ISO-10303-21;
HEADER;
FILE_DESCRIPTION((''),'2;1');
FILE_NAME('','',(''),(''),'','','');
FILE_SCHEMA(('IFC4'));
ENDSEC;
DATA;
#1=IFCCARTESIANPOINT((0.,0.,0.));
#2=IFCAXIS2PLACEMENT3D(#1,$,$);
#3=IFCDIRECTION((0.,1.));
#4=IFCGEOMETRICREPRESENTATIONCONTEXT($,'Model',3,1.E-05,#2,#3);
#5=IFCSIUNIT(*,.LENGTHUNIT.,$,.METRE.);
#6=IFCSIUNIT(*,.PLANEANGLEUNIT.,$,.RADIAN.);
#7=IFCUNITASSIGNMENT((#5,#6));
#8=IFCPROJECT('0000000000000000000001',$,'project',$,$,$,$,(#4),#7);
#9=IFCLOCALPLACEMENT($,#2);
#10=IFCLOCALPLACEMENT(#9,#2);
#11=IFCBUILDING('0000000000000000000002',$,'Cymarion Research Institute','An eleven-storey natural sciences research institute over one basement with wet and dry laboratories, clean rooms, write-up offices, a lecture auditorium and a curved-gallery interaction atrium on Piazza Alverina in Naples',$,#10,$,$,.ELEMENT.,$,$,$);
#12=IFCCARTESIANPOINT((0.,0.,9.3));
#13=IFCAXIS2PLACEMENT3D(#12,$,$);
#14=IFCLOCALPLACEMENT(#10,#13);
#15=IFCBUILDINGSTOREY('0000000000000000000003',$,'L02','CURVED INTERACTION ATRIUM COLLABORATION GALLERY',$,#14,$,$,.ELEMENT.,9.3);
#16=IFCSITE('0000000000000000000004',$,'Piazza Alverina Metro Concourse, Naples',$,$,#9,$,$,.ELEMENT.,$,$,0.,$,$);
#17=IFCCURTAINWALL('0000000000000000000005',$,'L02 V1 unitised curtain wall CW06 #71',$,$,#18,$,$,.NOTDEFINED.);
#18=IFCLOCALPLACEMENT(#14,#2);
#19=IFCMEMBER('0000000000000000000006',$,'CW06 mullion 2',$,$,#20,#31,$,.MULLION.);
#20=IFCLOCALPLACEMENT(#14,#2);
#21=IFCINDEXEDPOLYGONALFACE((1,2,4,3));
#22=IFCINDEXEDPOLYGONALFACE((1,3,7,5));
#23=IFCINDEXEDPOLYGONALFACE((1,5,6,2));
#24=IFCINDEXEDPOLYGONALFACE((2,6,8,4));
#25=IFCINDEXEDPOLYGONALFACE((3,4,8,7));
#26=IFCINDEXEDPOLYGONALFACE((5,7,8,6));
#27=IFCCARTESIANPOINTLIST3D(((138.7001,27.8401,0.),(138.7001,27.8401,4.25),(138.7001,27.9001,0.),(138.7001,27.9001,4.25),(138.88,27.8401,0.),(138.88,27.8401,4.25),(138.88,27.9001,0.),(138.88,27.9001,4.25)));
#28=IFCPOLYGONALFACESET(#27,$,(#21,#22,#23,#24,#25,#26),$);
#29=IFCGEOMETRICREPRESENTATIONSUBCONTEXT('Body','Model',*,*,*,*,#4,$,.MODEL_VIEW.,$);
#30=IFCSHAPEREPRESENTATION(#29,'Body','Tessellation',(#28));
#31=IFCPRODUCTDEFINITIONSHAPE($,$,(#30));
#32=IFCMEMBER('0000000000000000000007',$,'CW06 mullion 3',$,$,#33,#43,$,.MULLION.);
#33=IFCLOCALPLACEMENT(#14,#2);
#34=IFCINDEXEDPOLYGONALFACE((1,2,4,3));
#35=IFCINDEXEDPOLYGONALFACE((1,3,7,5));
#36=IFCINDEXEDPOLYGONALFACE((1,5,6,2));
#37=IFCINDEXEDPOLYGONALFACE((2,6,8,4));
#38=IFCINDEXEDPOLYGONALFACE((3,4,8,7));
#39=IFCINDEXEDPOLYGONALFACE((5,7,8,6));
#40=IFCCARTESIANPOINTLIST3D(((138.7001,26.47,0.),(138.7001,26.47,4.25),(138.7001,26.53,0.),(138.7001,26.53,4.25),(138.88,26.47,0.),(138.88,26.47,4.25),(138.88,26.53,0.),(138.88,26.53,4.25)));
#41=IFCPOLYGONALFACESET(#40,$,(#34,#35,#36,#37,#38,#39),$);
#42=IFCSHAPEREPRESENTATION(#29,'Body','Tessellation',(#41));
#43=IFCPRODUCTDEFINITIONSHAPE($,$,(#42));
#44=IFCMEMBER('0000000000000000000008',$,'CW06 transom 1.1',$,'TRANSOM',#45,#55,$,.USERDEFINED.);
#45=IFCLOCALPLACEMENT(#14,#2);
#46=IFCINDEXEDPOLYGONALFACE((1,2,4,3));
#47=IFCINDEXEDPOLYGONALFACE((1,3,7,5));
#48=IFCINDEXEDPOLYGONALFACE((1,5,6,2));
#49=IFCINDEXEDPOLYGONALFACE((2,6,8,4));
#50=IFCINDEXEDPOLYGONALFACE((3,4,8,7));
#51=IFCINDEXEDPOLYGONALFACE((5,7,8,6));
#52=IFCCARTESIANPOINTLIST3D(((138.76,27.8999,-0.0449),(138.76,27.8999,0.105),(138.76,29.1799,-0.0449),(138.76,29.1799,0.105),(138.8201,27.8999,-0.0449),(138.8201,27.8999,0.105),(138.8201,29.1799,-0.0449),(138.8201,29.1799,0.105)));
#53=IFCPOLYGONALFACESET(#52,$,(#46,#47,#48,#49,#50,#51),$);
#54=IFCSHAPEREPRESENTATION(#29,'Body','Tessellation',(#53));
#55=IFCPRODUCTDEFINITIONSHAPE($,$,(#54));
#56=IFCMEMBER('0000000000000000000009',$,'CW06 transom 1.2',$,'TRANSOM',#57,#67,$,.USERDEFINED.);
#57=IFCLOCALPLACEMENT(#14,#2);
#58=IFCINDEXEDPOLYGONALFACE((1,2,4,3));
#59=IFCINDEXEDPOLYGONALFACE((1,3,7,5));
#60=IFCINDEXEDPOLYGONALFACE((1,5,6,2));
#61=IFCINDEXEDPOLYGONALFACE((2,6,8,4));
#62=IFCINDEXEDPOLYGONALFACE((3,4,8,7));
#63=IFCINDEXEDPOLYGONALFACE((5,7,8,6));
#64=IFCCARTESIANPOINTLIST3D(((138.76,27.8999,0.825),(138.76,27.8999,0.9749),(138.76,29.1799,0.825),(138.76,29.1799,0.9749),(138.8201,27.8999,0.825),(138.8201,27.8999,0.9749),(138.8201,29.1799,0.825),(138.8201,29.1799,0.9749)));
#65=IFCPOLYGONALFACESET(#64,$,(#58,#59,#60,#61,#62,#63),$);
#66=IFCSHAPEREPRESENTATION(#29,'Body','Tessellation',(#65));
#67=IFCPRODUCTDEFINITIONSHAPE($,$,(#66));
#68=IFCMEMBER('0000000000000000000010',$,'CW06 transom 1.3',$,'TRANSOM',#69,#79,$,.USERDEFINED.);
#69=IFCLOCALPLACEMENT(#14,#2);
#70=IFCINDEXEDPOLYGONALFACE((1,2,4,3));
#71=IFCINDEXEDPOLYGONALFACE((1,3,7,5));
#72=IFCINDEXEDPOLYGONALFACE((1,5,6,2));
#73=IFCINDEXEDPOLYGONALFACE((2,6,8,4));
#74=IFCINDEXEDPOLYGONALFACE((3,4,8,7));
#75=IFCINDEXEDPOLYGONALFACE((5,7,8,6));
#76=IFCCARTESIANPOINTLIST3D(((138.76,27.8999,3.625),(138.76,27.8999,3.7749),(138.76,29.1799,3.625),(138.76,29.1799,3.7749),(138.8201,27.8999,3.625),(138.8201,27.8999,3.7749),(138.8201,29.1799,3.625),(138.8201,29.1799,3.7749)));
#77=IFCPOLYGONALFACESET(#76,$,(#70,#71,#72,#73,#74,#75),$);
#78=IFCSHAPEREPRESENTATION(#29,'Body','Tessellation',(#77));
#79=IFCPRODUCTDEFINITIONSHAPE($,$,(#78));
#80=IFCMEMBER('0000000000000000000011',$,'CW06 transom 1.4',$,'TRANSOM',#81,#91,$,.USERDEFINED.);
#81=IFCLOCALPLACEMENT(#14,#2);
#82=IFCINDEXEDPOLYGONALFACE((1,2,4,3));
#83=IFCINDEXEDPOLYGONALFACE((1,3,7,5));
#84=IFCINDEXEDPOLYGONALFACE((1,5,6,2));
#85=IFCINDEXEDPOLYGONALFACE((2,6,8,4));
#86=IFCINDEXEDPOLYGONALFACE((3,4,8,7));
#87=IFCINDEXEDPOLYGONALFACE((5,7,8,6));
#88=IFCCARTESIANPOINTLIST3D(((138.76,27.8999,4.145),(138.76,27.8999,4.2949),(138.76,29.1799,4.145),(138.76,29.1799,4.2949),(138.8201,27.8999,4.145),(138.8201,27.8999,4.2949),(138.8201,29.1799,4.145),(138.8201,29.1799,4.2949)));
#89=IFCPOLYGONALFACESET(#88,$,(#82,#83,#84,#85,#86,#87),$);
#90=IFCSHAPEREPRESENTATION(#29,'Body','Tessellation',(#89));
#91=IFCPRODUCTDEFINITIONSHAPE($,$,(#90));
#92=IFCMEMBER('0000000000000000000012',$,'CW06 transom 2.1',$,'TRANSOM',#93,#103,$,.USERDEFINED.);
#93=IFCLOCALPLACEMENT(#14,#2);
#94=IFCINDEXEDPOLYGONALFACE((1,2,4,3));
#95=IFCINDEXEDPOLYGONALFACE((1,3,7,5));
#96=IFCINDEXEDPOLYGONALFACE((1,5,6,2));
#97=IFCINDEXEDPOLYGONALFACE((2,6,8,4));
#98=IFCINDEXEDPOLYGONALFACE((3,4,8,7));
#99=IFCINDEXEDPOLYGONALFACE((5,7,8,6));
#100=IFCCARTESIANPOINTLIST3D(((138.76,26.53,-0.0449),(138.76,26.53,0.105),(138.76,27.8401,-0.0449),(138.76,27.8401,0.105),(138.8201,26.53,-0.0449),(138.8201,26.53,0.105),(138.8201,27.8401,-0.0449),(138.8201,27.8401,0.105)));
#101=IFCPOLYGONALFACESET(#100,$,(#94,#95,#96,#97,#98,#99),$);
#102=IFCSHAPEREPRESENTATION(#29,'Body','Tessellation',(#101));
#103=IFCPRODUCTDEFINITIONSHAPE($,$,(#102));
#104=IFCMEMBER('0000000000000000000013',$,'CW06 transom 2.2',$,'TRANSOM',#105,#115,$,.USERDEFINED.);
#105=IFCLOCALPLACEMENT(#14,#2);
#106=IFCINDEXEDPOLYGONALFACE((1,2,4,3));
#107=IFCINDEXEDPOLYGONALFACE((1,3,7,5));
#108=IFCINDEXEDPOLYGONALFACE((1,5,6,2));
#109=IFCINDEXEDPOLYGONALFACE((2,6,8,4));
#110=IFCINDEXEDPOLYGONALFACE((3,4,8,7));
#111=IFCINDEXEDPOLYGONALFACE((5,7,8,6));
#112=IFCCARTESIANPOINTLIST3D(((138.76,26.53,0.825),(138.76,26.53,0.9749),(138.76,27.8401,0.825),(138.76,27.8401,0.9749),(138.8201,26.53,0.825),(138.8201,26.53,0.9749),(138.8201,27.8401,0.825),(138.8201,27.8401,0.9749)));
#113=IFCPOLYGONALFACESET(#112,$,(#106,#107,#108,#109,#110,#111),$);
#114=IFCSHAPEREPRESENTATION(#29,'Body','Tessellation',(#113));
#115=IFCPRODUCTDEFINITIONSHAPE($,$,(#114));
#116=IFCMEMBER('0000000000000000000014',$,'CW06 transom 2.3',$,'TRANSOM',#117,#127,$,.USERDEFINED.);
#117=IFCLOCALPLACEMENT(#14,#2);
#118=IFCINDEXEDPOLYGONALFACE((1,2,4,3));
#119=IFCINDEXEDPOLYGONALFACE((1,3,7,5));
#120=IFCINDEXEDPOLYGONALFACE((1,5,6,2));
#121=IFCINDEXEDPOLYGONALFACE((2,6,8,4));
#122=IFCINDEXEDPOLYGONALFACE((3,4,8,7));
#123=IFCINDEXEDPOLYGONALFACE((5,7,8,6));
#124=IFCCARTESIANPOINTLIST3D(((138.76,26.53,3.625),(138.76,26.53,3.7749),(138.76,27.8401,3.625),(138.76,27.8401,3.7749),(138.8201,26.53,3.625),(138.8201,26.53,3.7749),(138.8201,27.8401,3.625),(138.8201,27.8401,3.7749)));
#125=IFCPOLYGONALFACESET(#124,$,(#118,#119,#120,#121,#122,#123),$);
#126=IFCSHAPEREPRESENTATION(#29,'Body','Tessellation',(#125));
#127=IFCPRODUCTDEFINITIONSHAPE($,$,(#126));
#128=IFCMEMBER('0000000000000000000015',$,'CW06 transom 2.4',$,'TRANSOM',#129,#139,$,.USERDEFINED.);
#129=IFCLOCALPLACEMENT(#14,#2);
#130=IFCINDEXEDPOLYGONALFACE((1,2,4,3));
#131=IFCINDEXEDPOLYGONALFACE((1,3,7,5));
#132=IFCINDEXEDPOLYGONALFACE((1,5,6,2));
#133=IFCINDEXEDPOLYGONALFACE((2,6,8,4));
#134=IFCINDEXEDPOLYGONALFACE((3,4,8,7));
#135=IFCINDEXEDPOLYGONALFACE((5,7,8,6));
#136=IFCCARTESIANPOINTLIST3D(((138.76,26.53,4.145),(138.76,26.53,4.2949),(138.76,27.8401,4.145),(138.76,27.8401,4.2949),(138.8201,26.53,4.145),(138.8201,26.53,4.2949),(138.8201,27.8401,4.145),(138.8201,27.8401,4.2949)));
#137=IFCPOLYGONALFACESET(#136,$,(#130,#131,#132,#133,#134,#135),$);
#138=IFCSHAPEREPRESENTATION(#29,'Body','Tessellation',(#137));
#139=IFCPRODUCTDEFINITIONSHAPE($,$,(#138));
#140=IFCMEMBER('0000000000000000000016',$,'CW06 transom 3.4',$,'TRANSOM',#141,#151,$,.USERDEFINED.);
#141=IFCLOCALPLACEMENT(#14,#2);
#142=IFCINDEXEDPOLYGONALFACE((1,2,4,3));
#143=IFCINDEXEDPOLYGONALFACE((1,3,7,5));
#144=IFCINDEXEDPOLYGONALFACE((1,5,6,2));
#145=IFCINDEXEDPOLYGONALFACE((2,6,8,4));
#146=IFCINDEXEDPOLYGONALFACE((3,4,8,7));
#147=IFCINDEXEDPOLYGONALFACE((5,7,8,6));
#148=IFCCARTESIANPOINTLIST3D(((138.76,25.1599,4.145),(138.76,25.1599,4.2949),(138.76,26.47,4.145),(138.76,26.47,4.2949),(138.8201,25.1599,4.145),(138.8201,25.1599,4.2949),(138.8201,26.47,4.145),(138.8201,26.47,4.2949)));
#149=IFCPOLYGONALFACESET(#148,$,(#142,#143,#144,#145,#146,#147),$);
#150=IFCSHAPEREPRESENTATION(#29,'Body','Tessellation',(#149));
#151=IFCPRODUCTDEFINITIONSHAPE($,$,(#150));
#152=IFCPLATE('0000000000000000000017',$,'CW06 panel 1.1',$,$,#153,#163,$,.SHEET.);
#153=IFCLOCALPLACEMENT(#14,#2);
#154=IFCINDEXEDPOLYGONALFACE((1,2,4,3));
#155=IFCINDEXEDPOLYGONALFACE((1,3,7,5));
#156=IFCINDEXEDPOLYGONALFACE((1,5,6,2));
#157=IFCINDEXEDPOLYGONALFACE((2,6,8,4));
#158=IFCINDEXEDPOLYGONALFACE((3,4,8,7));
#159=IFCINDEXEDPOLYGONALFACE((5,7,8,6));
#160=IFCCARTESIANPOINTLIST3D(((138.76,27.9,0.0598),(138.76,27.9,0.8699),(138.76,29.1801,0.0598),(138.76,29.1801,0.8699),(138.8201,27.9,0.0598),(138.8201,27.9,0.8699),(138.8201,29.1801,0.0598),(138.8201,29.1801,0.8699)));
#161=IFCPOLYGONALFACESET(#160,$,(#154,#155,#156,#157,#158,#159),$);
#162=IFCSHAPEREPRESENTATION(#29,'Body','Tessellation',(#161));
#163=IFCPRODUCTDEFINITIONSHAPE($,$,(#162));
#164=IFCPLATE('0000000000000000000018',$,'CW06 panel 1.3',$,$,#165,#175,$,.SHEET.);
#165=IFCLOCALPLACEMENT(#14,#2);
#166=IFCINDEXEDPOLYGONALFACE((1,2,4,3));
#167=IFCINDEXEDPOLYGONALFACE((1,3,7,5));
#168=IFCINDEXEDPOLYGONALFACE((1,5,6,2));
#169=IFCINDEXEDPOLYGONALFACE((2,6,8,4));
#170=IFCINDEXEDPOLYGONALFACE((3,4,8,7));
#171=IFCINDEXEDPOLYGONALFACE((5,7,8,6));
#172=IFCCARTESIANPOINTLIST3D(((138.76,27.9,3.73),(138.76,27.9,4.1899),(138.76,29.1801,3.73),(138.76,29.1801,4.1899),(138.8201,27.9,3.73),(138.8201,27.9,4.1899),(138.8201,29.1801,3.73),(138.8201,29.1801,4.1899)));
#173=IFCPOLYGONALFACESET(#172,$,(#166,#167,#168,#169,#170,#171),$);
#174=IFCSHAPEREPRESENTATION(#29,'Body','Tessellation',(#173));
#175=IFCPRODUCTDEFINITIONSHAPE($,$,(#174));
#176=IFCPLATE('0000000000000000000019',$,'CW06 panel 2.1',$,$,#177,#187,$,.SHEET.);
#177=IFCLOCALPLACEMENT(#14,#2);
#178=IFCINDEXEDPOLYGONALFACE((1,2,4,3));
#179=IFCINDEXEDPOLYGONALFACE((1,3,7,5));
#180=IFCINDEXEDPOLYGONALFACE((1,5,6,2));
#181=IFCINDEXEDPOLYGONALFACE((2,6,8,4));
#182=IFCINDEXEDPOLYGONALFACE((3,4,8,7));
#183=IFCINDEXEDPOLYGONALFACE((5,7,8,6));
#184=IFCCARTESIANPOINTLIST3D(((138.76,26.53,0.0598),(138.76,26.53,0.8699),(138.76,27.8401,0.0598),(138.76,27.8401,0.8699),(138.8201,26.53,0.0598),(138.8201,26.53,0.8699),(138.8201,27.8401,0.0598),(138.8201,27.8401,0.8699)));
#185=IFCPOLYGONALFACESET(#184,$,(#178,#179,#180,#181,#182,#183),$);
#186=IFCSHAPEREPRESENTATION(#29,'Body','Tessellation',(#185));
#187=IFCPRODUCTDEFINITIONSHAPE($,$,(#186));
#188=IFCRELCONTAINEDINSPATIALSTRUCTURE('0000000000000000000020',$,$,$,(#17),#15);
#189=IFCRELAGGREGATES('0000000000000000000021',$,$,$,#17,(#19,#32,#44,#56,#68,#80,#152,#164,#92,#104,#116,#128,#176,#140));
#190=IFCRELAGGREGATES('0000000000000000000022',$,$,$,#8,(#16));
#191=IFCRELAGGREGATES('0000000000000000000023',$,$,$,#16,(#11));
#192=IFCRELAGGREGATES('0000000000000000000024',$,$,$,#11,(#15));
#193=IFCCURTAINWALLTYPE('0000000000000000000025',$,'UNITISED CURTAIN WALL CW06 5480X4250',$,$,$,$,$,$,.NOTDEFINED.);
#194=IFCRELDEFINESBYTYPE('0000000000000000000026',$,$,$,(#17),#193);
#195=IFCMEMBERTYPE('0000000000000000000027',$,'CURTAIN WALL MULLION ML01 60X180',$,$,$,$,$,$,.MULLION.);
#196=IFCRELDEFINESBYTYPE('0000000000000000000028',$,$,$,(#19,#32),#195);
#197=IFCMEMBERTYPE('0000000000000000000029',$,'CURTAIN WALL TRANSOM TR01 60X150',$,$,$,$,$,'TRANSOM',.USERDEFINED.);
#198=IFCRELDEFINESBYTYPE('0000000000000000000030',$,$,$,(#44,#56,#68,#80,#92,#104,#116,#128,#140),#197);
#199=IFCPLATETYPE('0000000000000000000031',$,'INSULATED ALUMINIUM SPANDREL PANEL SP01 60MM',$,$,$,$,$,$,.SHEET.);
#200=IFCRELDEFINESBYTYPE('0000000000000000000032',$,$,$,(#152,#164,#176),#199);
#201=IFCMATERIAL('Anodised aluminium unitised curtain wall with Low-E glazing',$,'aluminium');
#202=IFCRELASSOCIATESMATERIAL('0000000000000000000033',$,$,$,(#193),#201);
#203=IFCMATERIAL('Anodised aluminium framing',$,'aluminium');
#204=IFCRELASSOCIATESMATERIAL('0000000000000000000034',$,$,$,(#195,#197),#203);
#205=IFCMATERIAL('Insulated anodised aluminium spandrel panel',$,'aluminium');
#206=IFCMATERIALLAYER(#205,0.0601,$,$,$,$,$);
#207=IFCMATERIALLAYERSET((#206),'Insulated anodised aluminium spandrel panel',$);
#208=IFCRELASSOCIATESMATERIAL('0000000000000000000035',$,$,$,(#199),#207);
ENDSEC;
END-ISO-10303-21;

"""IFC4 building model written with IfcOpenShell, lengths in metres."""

from ifc_helpers import new_model, si_unit, direction, frame, origin, origin_2d, place, context, subcontext, project, spatial, rectangle, extrude, material, layer, layer_set, material_profile, profile_set, type_object, element, aggregate, save


model = new_model("IFC4")

# Units and contexts
model_context = context("Model", 3, precision=1e-05, world=origin(), true_north=direction((0.0, 1.0)))
body_context = subcontext(model_context, "Body", "Model", "MODEL_VIEW")
ifc_project = project(units=[si_unit("LENGTHUNIT", "METRE"), si_unit("PLANEANGLEUNIT", "RADIAN")], contexts=[model_context])

# Site, building, storey
site_placement = place(None, origin())
site = spatial("IfcSite", under=ifc_project, at=site_placement, Name="Piazza Alverina Metro Concourse, Naples", CompositionType="ELEMENT", RefElevation=0.0)
building_placement = place(site_placement, origin())
building = spatial("IfcBuilding", under=site, at=building_placement, Name="Cymarion Research Institute", Description="An eleven-storey natural sciences research institute over one basement with wet and dry laboratories, clean rooms, write-up offices, a lecture auditorium and a curved-gallery interaction atrium on Piazza Alverina in Naples", CompositionType="ELEMENT")
storey_placement = place(building_placement, frame((0.0, 0.0, 9.3)))
storey = spatial("IfcBuildingStorey", under=building, at=storey_placement, Name="L02", Description="CURVED INTERACTION ATRIUM COLLABORATION GALLERY", CompositionType="ELEMENT", Elevation=9.3)

# Curtain wall, members, plates
ifc_material_1 = material(Name="Anodised aluminium unitised curtain wall with Low-E glazing", Category="aluminium")
curtain_wall_type = type_object("IfcCurtainWallType", Name="UNITISED CURTAIN WALL CW06 5480X4250", PredefinedType="NOTDEFINED", material=ifc_material_1)
curtain_wall_placement = place(storey_placement, origin())
curtain_wall = element("IfcCurtainWall", 1, at=curtain_wall_placement, inside=storey, type_object=curtain_wall_type, Name="L02 V1 unitised curtain wall CW06 #71", PredefinedType="NOTDEFINED")
ifc_material_2 = material(Name="Anodised aluminium framing", Category="aluminium")
ifc_material_profile_1 = material_profile(ifc_material_2, rectangle(XDim=0.0601, YDim=0.1799, at=origin_2d()), Name="ALU MULLION 60x180")
ifc_profile_set_1 = profile_set([ifc_material_profile_1], Name="Anodised aluminium framing")
member_type_1 = type_object("IfcMemberType", Name="CURTAIN WALL MULLION ML01 60X180", PredefinedType="MULLION", material=ifc_profile_set_1)
member_1_placement = place(storey_placement, frame((138.79, 27.8701, 0.0), z_axis=(0.0, 0.0, 1.0), x_axis=(0.0, -1.0, 0.0)))
member_1 = element("IfcMember", 2, at=member_1_placement, type_object=member_type_1, Name="CW06 mullion 2", PredefinedType="MULLION", context=body_context, shape_type="SweptSolid", body=[
    extrude(rectangle(XDim=0.0601, YDim=0.1799, at=origin_2d()), origin(), (0.0, 0.0, 1.0), 4.25),
])
member_2_placement = place(storey_placement, frame((138.79, 26.5, 0.0), z_axis=(0.0, 0.0, 1.0), x_axis=(0.0, -1.0, 0.0)))
member_2 = element("IfcMember", 3, at=member_2_placement, type_object=member_type_1, Name="CW06 mullion 3", PredefinedType="MULLION", context=body_context, shape_type="SweptSolid", body=[
    extrude(rectangle(XDim=0.0601, YDim=0.1799, at=origin_2d()), origin(), (0.0, 0.0, 1.0), 4.25),
])
ifc_material_profile_2 = material_profile(ifc_material_2, rectangle(XDim=0.0601, YDim=0.1499, at=origin_2d()), Name="ALU TRANSOM 60x150")
ifc_profile_set_2 = profile_set([ifc_material_profile_2], Name="Anodised aluminium framing")
member_type_2 = type_object("IfcMemberType", Name="CURTAIN WALL TRANSOM TR01 60X150", ElementType="TRANSOM", PredefinedType="USERDEFINED", material=ifc_profile_set_2)
member_3_placement = place(storey_placement, frame((138.79, 29.1799, 0.03), z_axis=(0.0, -1.0, 0.0), x_axis=(1.0, 0.0, 0.0)))
member_3 = element("IfcMember", 4, at=member_3_placement, type_object=member_type_2, Name="CW06 transom 1.1", ObjectType="TRANSOM", PredefinedType="USERDEFINED", context=body_context, shape_type="SweptSolid", body=[
    extrude(rectangle(XDim=0.0601, YDim=0.1499, at=origin_2d()), origin(), (0.0, 0.0, 1.0), 1.28),
])
member_4_placement = place(storey_placement, frame((138.79, 29.1799, 0.8999), z_axis=(0.0, -1.0, 0.0), x_axis=(1.0, 0.0, 0.0)))
member_4 = element("IfcMember", 5, at=member_4_placement, type_object=member_type_2, Name="CW06 transom 1.2", ObjectType="TRANSOM", PredefinedType="USERDEFINED", context=body_context, shape_type="SweptSolid", body=[
    extrude(rectangle(XDim=0.0601, YDim=0.1499, at=origin_2d()), origin(), (0.0, 0.0, 1.0), 1.28),
])
member_5_placement = place(storey_placement, frame((138.79, 29.1799, 3.7), z_axis=(0.0, -1.0, 0.0), x_axis=(1.0, 0.0, 0.0)))
member_5 = element("IfcMember", 6, at=member_5_placement, type_object=member_type_2, Name="CW06 transom 1.3", ObjectType="TRANSOM", PredefinedType="USERDEFINED", context=body_context, shape_type="SweptSolid", body=[
    extrude(rectangle(XDim=0.0601, YDim=0.1499, at=origin_2d()), origin(), (0.0, 0.0, 1.0), 1.28),
])
member_6_placement = place(storey_placement, frame((138.79, 29.1799, 4.22), z_axis=(0.0, -1.0, 0.0), x_axis=(1.0, 0.0, 0.0)))
member_6 = element("IfcMember", 7, at=member_6_placement, type_object=member_type_2, Name="CW06 transom 1.4", ObjectType="TRANSOM", PredefinedType="USERDEFINED", context=body_context, shape_type="SweptSolid", body=[
    extrude(rectangle(XDim=0.0601, YDim=0.1499, at=origin_2d()), origin(), (0.0, 0.0, 1.0), 1.28),
])
member_7_placement = place(storey_placement, frame((138.79, 27.8401, 0.03), z_axis=(0.0, -1.0, 0.0), x_axis=(1.0, 0.0, 0.0)))
member_7 = element("IfcMember", 8, at=member_7_placement, type_object=member_type_2, Name="CW06 transom 2.1", ObjectType="TRANSOM", PredefinedType="USERDEFINED", context=body_context, shape_type="SweptSolid", body=[
    extrude(rectangle(XDim=0.0601, YDim=0.1499, at=origin_2d()), origin(), (0.0, 0.0, 1.0), 1.3101),
])
member_8_placement = place(storey_placement, frame((138.79, 27.8401, 0.8999), z_axis=(0.0, -1.0, 0.0), x_axis=(1.0, 0.0, 0.0)))
member_8 = element("IfcMember", 9, at=member_8_placement, type_object=member_type_2, Name="CW06 transom 2.2", ObjectType="TRANSOM", PredefinedType="USERDEFINED", context=body_context, shape_type="SweptSolid", body=[
    extrude(rectangle(XDim=0.0601, YDim=0.1499, at=origin_2d()), origin(), (0.0, 0.0, 1.0), 1.3101),
])
member_9_placement = place(storey_placement, frame((138.79, 27.8401, 3.7), z_axis=(0.0, -1.0, 0.0), x_axis=(1.0, 0.0, 0.0)))
member_9 = element("IfcMember", 10, at=member_9_placement, type_object=member_type_2, Name="CW06 transom 2.3", ObjectType="TRANSOM", PredefinedType="USERDEFINED", context=body_context, shape_type="SweptSolid", body=[
    extrude(rectangle(XDim=0.0601, YDim=0.1499, at=origin_2d()), origin(), (0.0, 0.0, 1.0), 1.3101),
])
member_10_placement = place(storey_placement, frame((138.79, 27.8401, 4.22), z_axis=(0.0, -1.0, 0.0), x_axis=(1.0, 0.0, 0.0)))
member_10 = element("IfcMember", 11, at=member_10_placement, type_object=member_type_2, Name="CW06 transom 2.4", ObjectType="TRANSOM", PredefinedType="USERDEFINED", context=body_context, shape_type="SweptSolid", body=[
    extrude(rectangle(XDim=0.0601, YDim=0.1499, at=origin_2d()), origin(), (0.0, 0.0, 1.0), 1.3101),
])
member_11_placement = place(storey_placement, frame((138.79, 26.47, 4.22), z_axis=(0.0, -1.0, 0.0), x_axis=(1.0, 0.0, 0.0)))
member_11 = element("IfcMember", 12, at=member_11_placement, type_object=member_type_2, Name="CW06 transom 3.4", ObjectType="TRANSOM", PredefinedType="USERDEFINED", context=body_context, shape_type="SweptSolid", body=[
    extrude(rectangle(XDim=0.0601, YDim=0.1499, at=origin_2d()), origin(), (0.0, 0.0, 1.0), 1.3101),
])
ifc_material_3 = material(Name="Insulated anodised aluminium spandrel panel", Category="aluminium")
ifc_layer_1 = layer(ifc_material_3, 0.0601)
ifc_layer_set_1 = layer_set([ifc_layer_1], Name="Insulated anodised aluminium spandrel panel")
plate_type_1 = type_object("IfcPlateType", Name="INSULATED ALUMINIUM SPANDREL PANEL SP01 60MM", PredefinedType="SHEET", material=ifc_layer_set_1)
plate_1_placement = place(storey_placement, frame((138.79, 28.54, 0.0598), z_axis=(0.0, 0.0, 1.0), x_axis=(0.0, -1.0, 0.0)))
plate_1 = element("IfcPlate", 13, at=plate_1_placement, type_object=plate_type_1, Name="CW06 panel 1.1", PredefinedType="SHEET", context=body_context, shape_type="SweptSolid", body=[
    extrude(rectangle(XDim=1.28, YDim=0.0601, at=origin_2d()), origin(), (0.0, 0.0, 1.0), 0.8101),
])
plate_2_placement = place(storey_placement, frame((138.79, 28.54, 3.73), z_axis=(0.0, 0.0, 1.0), x_axis=(0.0, -1.0, 0.0)))
plate_2 = element("IfcPlate", 14, at=plate_2_placement, type_object=plate_type_1, Name="CW06 panel 1.3", PredefinedType="SHEET", context=body_context, shape_type="SweptSolid", body=[
    extrude(rectangle(XDim=1.28, YDim=0.0601, at=origin_2d()), origin(), (0.0, 0.0, 1.0), 0.46),
])
plate_3_placement = place(storey_placement, frame((138.79, 27.1851, 0.0598), z_axis=(0.0, 0.0, 1.0), x_axis=(0.0, -1.0, 0.0)))
plate_3 = element("IfcPlate", 15, at=plate_3_placement, type_object=plate_type_1, Name="CW06 panel 2.1", PredefinedType="SHEET", context=body_context, shape_type="SweptSolid", body=[
    extrude(rectangle(XDim=1.3101, YDim=0.0601, at=origin_2d()), origin(), (0.0, 0.0, 1.0), 0.8101),
])
aggregate(curtain_wall, [member_1, member_2, member_3, member_4, member_5, member_6, plate_1, plate_2, member_7, member_8, member_9, member_10, plate_3, member_11])

save(model, "model.ifc")
